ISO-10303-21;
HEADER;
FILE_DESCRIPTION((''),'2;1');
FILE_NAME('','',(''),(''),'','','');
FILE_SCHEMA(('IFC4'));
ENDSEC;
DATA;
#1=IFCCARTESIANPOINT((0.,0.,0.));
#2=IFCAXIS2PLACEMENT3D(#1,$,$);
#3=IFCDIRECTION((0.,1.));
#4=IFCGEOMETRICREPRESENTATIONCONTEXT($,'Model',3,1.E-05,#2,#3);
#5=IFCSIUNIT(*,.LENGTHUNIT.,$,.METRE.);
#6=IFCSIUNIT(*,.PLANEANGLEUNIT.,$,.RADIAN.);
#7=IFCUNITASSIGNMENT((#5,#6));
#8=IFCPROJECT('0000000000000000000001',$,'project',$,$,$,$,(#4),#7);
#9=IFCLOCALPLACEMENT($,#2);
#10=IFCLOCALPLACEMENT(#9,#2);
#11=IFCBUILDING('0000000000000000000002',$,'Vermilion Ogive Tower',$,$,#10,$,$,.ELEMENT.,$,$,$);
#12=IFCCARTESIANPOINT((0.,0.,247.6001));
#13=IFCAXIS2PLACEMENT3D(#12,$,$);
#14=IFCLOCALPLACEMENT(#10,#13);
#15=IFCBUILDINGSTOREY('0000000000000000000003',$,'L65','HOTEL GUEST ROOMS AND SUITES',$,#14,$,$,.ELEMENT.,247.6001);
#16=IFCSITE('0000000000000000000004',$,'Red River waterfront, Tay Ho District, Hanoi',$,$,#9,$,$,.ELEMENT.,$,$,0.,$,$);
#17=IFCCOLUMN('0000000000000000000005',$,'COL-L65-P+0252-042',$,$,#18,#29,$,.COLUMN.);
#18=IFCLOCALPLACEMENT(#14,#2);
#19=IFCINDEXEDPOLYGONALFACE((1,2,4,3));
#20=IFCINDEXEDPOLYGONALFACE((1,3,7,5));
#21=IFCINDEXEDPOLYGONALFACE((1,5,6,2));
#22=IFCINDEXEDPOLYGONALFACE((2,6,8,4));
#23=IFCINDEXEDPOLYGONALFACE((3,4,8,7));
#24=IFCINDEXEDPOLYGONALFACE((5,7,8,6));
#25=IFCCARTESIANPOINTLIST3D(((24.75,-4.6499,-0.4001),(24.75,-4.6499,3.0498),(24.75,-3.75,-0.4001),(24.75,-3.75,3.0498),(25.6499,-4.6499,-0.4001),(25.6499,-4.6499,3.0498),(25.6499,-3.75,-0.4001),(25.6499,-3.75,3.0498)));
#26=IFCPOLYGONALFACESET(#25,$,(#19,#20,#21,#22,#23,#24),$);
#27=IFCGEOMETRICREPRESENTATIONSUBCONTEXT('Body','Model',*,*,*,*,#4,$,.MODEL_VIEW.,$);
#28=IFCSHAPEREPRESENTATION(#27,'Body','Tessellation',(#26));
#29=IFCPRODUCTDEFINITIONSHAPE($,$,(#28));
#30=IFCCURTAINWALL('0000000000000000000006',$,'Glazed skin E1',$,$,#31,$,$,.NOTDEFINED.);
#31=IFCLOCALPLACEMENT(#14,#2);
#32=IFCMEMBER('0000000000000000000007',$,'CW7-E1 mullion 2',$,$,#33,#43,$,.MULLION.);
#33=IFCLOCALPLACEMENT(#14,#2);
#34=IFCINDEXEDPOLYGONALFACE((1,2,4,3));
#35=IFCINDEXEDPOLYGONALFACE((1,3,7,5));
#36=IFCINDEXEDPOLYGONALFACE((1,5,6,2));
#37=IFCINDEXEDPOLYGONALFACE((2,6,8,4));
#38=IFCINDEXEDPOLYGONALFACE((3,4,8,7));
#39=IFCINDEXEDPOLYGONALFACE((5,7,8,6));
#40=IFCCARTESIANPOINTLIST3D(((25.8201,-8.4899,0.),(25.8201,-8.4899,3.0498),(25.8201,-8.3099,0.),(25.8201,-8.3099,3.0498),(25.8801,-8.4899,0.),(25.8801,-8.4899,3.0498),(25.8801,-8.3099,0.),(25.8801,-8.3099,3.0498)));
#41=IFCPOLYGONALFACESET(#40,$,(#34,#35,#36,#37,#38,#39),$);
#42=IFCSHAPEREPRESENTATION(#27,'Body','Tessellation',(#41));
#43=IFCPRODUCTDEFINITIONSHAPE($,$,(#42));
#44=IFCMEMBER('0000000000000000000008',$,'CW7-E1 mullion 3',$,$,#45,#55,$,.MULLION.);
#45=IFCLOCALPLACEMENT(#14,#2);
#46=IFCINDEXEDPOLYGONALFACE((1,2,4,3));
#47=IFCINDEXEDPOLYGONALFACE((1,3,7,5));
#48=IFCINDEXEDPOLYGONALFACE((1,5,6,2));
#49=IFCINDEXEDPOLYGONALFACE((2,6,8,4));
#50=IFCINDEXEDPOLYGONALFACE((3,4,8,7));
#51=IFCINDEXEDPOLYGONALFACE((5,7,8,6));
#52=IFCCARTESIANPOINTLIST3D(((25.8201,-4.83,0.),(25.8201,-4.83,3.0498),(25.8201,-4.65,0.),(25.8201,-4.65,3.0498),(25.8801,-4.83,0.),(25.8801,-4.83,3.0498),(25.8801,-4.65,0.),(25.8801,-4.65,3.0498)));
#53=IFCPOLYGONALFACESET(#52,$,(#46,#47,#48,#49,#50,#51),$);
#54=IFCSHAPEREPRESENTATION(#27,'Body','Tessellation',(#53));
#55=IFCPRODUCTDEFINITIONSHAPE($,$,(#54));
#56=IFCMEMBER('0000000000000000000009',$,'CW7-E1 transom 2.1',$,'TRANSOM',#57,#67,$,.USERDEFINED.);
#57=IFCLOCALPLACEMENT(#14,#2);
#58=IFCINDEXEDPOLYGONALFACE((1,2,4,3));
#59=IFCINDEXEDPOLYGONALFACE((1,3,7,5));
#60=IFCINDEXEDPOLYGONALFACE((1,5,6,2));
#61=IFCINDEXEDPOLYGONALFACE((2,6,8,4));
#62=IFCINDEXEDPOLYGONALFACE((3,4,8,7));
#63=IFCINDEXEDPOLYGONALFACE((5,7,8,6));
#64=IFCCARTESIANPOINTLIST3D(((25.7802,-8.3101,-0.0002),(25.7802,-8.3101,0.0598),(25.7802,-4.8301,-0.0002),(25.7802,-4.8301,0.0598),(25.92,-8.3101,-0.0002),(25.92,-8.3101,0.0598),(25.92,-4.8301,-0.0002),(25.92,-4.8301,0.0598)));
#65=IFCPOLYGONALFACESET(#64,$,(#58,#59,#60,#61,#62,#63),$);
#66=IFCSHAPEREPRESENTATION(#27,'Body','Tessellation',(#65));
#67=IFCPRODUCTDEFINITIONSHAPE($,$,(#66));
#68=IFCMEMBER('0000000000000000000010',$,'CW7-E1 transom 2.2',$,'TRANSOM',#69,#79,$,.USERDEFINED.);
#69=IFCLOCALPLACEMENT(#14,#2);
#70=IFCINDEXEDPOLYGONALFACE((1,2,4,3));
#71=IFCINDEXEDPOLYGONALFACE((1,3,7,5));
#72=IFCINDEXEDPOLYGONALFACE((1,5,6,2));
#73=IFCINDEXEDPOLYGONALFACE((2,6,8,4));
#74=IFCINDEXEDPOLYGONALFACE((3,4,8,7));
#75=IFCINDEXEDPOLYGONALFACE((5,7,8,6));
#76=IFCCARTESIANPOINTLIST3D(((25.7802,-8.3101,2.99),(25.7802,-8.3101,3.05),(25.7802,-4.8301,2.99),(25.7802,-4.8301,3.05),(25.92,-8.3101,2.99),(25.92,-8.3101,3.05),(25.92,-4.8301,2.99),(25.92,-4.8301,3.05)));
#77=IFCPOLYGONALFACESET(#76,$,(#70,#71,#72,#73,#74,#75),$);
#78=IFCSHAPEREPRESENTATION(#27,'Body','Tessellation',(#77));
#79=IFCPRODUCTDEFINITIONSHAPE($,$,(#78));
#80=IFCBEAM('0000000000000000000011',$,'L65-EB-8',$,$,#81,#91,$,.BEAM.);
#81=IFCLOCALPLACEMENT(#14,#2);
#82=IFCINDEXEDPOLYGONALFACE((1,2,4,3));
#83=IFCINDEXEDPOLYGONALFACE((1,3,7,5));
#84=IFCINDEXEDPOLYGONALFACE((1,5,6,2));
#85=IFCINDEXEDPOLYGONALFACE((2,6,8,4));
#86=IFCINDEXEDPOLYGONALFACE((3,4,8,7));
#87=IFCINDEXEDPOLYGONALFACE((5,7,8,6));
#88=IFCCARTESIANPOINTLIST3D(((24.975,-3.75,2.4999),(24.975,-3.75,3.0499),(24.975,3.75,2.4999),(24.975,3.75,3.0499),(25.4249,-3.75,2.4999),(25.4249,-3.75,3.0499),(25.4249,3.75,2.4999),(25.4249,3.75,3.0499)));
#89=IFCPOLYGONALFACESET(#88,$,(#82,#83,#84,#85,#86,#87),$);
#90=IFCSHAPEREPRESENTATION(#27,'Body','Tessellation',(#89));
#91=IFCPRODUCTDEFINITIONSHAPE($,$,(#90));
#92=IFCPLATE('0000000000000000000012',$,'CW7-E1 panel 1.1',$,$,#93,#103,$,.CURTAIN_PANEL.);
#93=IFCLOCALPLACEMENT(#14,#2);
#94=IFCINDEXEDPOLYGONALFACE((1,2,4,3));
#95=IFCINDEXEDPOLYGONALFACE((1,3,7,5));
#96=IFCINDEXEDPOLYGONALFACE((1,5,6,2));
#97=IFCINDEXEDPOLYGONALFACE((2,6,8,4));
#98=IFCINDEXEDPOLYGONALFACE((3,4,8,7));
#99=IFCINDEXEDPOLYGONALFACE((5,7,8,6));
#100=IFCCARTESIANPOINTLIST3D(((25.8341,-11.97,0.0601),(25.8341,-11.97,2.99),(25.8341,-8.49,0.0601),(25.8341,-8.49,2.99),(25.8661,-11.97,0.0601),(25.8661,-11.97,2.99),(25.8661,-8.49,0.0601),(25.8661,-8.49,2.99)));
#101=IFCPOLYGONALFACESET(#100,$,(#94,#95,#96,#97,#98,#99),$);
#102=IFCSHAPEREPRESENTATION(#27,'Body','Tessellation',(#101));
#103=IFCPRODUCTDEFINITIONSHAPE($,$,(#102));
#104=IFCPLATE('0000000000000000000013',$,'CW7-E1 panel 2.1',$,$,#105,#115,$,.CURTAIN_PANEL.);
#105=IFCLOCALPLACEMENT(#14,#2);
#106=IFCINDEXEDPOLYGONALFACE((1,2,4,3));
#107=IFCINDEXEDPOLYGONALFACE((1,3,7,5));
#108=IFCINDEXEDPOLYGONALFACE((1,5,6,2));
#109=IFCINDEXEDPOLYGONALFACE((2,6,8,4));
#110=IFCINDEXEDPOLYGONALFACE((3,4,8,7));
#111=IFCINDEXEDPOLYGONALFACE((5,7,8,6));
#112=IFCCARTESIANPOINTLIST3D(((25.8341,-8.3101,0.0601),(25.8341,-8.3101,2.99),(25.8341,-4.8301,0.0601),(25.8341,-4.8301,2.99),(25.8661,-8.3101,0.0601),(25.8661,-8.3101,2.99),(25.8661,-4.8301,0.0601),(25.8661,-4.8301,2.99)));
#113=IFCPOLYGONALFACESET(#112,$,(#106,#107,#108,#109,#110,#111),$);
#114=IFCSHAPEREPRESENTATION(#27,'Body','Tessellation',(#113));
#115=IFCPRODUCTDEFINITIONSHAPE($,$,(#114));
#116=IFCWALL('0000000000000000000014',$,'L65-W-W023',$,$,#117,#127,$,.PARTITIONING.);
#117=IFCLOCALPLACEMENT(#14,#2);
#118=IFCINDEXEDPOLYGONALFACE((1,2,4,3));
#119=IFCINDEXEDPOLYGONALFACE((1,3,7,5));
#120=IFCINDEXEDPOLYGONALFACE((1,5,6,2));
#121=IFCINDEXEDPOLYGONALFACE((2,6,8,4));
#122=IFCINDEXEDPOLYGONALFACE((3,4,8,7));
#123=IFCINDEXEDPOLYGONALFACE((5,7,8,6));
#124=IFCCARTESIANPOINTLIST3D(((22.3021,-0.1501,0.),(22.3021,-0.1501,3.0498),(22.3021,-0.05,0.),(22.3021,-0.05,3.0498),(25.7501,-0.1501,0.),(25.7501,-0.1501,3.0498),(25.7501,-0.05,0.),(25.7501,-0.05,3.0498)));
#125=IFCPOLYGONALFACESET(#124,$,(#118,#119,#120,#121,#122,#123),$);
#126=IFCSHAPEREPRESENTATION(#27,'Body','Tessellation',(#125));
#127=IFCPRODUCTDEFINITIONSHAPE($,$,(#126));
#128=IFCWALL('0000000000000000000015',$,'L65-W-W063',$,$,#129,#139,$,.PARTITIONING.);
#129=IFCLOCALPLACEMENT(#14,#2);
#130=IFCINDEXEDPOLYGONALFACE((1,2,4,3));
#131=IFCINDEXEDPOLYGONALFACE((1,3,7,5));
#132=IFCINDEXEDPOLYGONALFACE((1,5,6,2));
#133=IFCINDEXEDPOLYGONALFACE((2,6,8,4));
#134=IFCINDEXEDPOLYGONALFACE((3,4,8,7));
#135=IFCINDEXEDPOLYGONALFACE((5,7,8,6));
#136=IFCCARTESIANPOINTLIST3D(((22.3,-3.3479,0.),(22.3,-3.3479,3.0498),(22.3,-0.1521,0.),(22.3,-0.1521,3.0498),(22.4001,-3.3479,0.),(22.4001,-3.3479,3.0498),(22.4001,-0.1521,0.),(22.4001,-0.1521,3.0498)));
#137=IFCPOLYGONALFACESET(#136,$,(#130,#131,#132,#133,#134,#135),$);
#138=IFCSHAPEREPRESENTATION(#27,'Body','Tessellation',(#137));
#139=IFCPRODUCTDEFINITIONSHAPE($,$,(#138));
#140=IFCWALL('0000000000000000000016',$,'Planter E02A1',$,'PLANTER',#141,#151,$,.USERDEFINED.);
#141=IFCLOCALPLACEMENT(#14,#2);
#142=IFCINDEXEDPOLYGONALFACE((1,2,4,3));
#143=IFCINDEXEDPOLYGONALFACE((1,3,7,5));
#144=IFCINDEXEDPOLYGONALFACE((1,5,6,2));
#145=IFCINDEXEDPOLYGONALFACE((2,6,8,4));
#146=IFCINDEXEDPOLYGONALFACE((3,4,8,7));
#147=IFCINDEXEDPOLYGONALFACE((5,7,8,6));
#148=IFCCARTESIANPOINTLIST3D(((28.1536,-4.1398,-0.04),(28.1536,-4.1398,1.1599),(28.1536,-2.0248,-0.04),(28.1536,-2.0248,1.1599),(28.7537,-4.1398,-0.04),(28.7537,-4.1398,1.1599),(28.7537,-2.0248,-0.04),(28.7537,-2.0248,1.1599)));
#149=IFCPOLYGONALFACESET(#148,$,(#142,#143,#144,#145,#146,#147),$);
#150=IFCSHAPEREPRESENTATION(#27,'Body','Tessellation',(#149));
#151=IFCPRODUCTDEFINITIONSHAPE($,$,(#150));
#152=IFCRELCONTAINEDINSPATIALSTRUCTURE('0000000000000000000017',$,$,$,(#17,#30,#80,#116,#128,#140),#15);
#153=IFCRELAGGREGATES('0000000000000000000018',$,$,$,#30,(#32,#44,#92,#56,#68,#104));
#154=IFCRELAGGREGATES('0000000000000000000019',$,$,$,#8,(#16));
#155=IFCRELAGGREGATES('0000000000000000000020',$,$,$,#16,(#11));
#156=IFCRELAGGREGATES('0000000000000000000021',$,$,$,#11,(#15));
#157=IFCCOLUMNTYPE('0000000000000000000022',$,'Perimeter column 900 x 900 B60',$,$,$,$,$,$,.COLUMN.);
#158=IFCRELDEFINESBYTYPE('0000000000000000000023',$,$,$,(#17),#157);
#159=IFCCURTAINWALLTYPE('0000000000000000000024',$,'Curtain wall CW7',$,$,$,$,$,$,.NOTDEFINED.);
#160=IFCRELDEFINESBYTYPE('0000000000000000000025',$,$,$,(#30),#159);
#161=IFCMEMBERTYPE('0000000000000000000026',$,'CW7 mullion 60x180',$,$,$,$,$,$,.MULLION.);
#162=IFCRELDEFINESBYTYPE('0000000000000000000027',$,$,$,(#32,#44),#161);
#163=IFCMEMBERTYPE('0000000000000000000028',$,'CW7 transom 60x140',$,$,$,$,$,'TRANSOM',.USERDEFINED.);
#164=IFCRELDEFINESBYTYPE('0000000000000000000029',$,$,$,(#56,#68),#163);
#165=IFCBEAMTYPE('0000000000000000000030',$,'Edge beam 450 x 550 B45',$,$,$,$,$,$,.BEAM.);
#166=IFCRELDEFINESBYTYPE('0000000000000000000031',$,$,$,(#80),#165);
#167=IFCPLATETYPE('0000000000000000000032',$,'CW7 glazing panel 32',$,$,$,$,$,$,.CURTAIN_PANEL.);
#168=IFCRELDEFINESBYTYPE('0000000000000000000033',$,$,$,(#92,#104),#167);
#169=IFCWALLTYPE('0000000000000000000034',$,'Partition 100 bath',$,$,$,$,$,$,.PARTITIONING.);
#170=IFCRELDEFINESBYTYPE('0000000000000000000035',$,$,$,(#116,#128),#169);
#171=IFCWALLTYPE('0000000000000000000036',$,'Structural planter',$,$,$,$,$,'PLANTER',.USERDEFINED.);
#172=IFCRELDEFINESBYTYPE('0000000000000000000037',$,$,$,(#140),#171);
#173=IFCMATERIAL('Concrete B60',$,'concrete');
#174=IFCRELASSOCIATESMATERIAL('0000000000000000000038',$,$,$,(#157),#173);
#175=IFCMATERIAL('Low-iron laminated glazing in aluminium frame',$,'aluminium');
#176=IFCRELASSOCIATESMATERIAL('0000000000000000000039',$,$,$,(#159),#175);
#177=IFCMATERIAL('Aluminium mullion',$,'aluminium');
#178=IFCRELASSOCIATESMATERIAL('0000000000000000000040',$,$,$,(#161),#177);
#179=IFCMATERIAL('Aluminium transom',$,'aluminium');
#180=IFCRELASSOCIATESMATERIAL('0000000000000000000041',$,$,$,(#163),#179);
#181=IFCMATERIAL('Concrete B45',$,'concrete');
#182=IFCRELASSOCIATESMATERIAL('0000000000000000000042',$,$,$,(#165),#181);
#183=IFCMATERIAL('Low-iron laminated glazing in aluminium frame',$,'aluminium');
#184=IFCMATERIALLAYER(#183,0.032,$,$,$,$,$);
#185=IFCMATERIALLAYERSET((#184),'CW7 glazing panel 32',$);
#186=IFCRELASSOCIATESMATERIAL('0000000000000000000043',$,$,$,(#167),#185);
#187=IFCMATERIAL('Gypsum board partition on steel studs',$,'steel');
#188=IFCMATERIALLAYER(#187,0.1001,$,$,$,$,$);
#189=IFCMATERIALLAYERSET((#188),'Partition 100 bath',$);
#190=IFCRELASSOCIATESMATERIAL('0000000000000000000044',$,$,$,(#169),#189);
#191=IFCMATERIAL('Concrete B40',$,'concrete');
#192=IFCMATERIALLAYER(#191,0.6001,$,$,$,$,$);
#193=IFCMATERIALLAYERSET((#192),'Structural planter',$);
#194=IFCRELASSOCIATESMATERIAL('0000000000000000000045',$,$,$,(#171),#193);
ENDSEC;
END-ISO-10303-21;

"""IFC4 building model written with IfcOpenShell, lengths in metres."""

from ifc_helpers import new_model, si_unit, direction, frame, frame_2d, origin, origin_2d, place, context, subcontext, project, spatial, rectangle, extrude, material, layer, layer_set, material_profile, profile_set, type_object, element, aggregate, save


model = new_model("IFC4")

# Units and contexts
model_context = context("Model", 3, precision=1e-05, world=origin(), true_north=direction((0.0, 1.0)))
body_context = subcontext(model_context, "Body", "Model", "MODEL_VIEW")
ifc_project = project(units=[si_unit("LENGTHUNIT", "METRE"), si_unit("PLANEANGLEUNIT", "RADIAN")], contexts=[model_context])

# Site, building, storey
site_placement = place(None, origin())
site = spatial("IfcSite", under=ifc_project, at=site_placement, Name="Red River waterfront, Tay Ho District, Hanoi", CompositionType="ELEMENT", RefElevation=0.0)
building_placement = place(site_placement, origin())
building = spatial("IfcBuilding", under=site, at=building_placement, Name="Vermilion Ogive Tower", CompositionType="ELEMENT")
storey_placement = place(building_placement, frame((0.0, 0.0, 247.6001)))
storey = spatial("IfcBuildingStorey", under=building, at=storey_placement, Name="L65", Description="HOTEL GUEST ROOMS AND SUITES", CompositionType="ELEMENT", Elevation=247.6001)

# Column
ifc_material_1 = material(Name="Concrete B60", Category="concrete")
ifc_material_profile_1 = material_profile(ifc_material_1, rectangle(XDim=0.8999, YDim=0.8999, at=origin_2d()), Name="900 x 900")
ifc_profile_set_1 = profile_set([ifc_material_profile_1], Name="Concrete B60")
column_type = type_object("IfcColumnType", Name="Perimeter column 900 x 900 B60", PredefinedType="COLUMN", material=ifc_profile_set_1)
column_placement = place(storey_placement, frame((25.2, -4.2, -0.4001), z_axis=(0.0, 0.0, 1.0), x_axis=(1.0, 0.0, 0.0)))
element("IfcColumn", 1, at=column_placement, inside=storey, type_object=column_type, Name="COL-L65-P+0252-042", PredefinedType="COLUMN", context=body_context, shape_type="SweptSolid", body=[
    extrude(rectangle(XDim=0.8999, YDim=0.8999, at=origin_2d()), origin(), (0.0, 0.0, 1.0), 3.45),
])

# Curtain wall, members
ifc_material_2 = material(Name="Low-iron laminated glazing in aluminium frame", Category="aluminium")
curtain_wall_type = type_object("IfcCurtainWallType", Name="Curtain wall CW7", PredefinedType="NOTDEFINED", material=ifc_material_2)
curtain_wall_placement = place(storey_placement, origin())
curtain_wall = element("IfcCurtainWall", 2, at=curtain_wall_placement, inside=storey, type_object=curtain_wall_type, Name="Glazed skin E1", PredefinedType="NOTDEFINED")
ifc_material_3 = material(Name="Aluminium mullion", Category="aluminium")
ifc_material_profile_2 = material_profile(ifc_material_3, rectangle(XDim=0.0601, YDim=0.1799, at=origin_2d()), Name="AL 60x180")
ifc_profile_set_2 = profile_set([ifc_material_profile_2], Name="Aluminium mullion")
member_type_1 = type_object("IfcMemberType", Name="CW7 mullion 60x180", PredefinedType="MULLION", material=ifc_profile_set_2)
member_1_placement = place(storey_placement, frame((25.8501, -8.3999, 0.0), z_axis=(0.0, 0.0, 1.0), x_axis=(-1.0, 0.0, 0.0)))
member_1 = element("IfcMember", 3, at=member_1_placement, type_object=member_type_1, Name="CW7-E1 mullion 2", PredefinedType="MULLION", context=body_context, shape_type="SweptSolid", body=[
    extrude(rectangle(XDim=0.0601, YDim=0.1799, at=origin_2d()), origin(), (0.0, 0.0, 1.0), 3.0498),
])
member_2_placement = place(storey_placement, frame((25.8501, -4.74, 0.0), z_axis=(0.0, 0.0, 1.0), x_axis=(-1.0, 0.0, 0.0)))
member_2 = element("IfcMember", 4, at=member_2_placement, type_object=member_type_1, Name="CW7-E1 mullion 3", PredefinedType="MULLION", context=body_context, shape_type="SweptSolid", body=[
    extrude(rectangle(XDim=0.0601, YDim=0.1799, at=origin_2d()), origin(), (0.0, 0.0, 1.0), 3.0498),
])
ifc_material_4 = material(Name="Aluminium transom", Category="aluminium")
ifc_material_profile_3 = material_profile(ifc_material_4, rectangle(XDim=0.1399, YDim=0.0601, at=origin_2d()), Name="AL 60x140")
ifc_profile_set_3 = profile_set([ifc_material_profile_3], Name="Aluminium transom")
member_type_2 = type_object("IfcMemberType", Name="CW7 transom 60x140", ElementType="TRANSOM", PredefinedType="USERDEFINED", material=ifc_profile_set_3)
member_3_placement = place(storey_placement, frame((25.8501, -8.3101, 0.0298), z_axis=(0.0, 1.0, 0.0), x_axis=(-1.0, 0.0, 0.0)))
member_3 = element("IfcMember", 5, at=member_3_placement, type_object=member_type_2, Name="CW7-E1 transom 2.1", ObjectType="TRANSOM", PredefinedType="USERDEFINED", context=body_context, shape_type="SweptSolid", body=[
    extrude(rectangle(XDim=0.1399, YDim=0.0601, at=origin_2d()), origin(), (0.0, 0.0, 1.0), 3.48),
])
member_4_placement = place(storey_placement, frame((25.8501, -8.3101, 3.02), z_axis=(0.0, 1.0, 0.0), x_axis=(-1.0, 0.0, 0.0)))
member_4 = element("IfcMember", 6, at=member_4_placement, type_object=member_type_2, Name="CW7-E1 transom 2.2", ObjectType="TRANSOM", PredefinedType="USERDEFINED", context=body_context, shape_type="SweptSolid", body=[
    extrude(rectangle(XDim=0.1399, YDim=0.0601, at=origin_2d()), origin(), (0.0, 0.0, 1.0), 3.48),
])

# Beam
ifc_material_5 = material(Name="Concrete B45", Category="concrete")
ifc_material_profile_4 = material_profile(ifc_material_5, rectangle(XDim=0.45, YDim=0.55, at=origin_2d()), Name="450 x 550")
ifc_profile_set_4 = profile_set([ifc_material_profile_4], Name="Concrete B45")
beam_type = type_object("IfcBeamType", Name="Edge beam 450 x 550 B45", PredefinedType="BEAM", material=ifc_profile_set_4)
beam_placement = place(storey_placement, frame((25.2, -3.75, 2.7749), z_axis=(0.0, 1.0, 0.0), x_axis=(-1.0, 0.0, 0.0)))
element("IfcBeam", 7, at=beam_placement, inside=storey, type_object=beam_type, Name="L65-EB-8", PredefinedType="BEAM", context=body_context, shape_type="SweptSolid", body=[
    extrude(rectangle(XDim=0.45, YDim=0.55, at=origin_2d()), origin(), (0.0, 0.0, 1.0), 7.5),
])

# Plates
ifc_material_6 = material(Name="Low-iron laminated glazing in aluminium frame", Category="aluminium")
ifc_layer_1 = layer(ifc_material_6, 0.032)
ifc_layer_set_1 = layer_set([ifc_layer_1], Name="CW7 glazing panel 32")
plate_type = type_object("IfcPlateType", Name="CW7 glazing panel 32", PredefinedType="CURTAIN_PANEL", material=ifc_layer_set_1)
plate_1_placement = place(storey_placement, frame((25.8501, -10.23, 0.0601), z_axis=(0.0, 0.0, 1.0), x_axis=(0.0, 1.0, 0.0)))
plate_1 = element("IfcPlate", 8, at=plate_1_placement, type_object=plate_type, Name="CW7-E1 panel 1.1", PredefinedType="CURTAIN_PANEL", context=body_context, shape_type="SweptSolid", body=[
    extrude(rectangle(XDim=3.48, YDim=0.032, at=origin_2d()), origin(), (0.0, 0.0, 1.0), 2.9299),
])
plate_2_placement = place(storey_placement, frame((25.8501, -6.5701, 0.0601), z_axis=(0.0, 0.0, 1.0), x_axis=(0.0, 1.0, 0.0)))
plate_2 = element("IfcPlate", 9, at=plate_2_placement, type_object=plate_type, Name="CW7-E1 panel 2.1", PredefinedType="CURTAIN_PANEL", context=body_context, shape_type="SweptSolid", body=[
    extrude(rectangle(XDim=3.48, YDim=0.032, at=origin_2d()), origin(), (0.0, 0.0, 1.0), 2.9299),
])
aggregate(curtain_wall, [member_1, member_2, plate_1, member_3, member_4, plate_2])

# Walls
ifc_material_7 = material(Name="Gypsum board partition on steel studs", Category="steel")
ifc_layer_2 = layer(ifc_material_7, 0.1001)
ifc_layer_set_2 = layer_set([ifc_layer_2], Name="Partition 100 bath")
wall_type_1 = type_object("IfcWallType", Name="Partition 100 bath", PredefinedType="PARTITIONING", material=ifc_layer_set_2)
wall_1_placement = place(storey_placement, frame((22.302, -0.1001, 0.0), z_axis=(0.0, 0.0, 1.0), x_axis=(1.0, 0.0, 0.0)))
element("IfcWall", 10, at=wall_1_placement, inside=storey, type_object=wall_type_1, Name="L65-W-W023", PredefinedType="PARTITIONING", context=body_context, shape_type="SweptSolid", body=[
    extrude(rectangle(XDim=3.448, YDim=0.1001, at=frame_2d((1.7241, 0.0))), origin(), (0.0, 0.0, 1.0), 3.0498),
])
wall_2_placement = place(storey_placement, frame((22.3501, -3.3479, 0.0), z_axis=(0.0, 0.0, 1.0), x_axis=(0.0, 1.0, 0.0)))
element("IfcWall", 11, at=wall_2_placement, inside=storey, type_object=wall_type_1, Name="L65-W-W063", PredefinedType="PARTITIONING", context=body_context, shape_type="SweptSolid", body=[
    extrude(rectangle(XDim=3.1958, YDim=0.1001, at=frame_2d((1.5979, 0.0))), origin(), (0.0, 0.0, 1.0), 3.0498),
])
ifc_material_8 = material(Name="Concrete B40", Category="concrete")
ifc_layer_3 = layer(ifc_material_8, 0.6001)
ifc_layer_set_3 = layer_set([ifc_layer_3], Name="Structural planter")
wall_type_2 = type_object("IfcWallType", Name="Structural planter", ElementType="PLANTER", PredefinedType="USERDEFINED", material=ifc_layer_set_3)
wall_3_placement = place(storey_placement, frame((28.4536, -4.1399, -0.04), z_axis=(0.0, 0.0, 1.0), x_axis=(0.0, 1.0, 0.0)))
element("IfcWall", 12, at=wall_3_placement, inside=storey, type_object=wall_type_2, Name="Planter E02A1", ObjectType="PLANTER", PredefinedType="USERDEFINED", context=body_context, shape_type="SweptSolid", body=[
    extrude(rectangle(XDim=2.115, YDim=0.6001, at=frame_2d((1.0576, 0.0))), origin(), (0.0, 0.0, 1.0), 1.2),
])

save(model, "model.ifc")
